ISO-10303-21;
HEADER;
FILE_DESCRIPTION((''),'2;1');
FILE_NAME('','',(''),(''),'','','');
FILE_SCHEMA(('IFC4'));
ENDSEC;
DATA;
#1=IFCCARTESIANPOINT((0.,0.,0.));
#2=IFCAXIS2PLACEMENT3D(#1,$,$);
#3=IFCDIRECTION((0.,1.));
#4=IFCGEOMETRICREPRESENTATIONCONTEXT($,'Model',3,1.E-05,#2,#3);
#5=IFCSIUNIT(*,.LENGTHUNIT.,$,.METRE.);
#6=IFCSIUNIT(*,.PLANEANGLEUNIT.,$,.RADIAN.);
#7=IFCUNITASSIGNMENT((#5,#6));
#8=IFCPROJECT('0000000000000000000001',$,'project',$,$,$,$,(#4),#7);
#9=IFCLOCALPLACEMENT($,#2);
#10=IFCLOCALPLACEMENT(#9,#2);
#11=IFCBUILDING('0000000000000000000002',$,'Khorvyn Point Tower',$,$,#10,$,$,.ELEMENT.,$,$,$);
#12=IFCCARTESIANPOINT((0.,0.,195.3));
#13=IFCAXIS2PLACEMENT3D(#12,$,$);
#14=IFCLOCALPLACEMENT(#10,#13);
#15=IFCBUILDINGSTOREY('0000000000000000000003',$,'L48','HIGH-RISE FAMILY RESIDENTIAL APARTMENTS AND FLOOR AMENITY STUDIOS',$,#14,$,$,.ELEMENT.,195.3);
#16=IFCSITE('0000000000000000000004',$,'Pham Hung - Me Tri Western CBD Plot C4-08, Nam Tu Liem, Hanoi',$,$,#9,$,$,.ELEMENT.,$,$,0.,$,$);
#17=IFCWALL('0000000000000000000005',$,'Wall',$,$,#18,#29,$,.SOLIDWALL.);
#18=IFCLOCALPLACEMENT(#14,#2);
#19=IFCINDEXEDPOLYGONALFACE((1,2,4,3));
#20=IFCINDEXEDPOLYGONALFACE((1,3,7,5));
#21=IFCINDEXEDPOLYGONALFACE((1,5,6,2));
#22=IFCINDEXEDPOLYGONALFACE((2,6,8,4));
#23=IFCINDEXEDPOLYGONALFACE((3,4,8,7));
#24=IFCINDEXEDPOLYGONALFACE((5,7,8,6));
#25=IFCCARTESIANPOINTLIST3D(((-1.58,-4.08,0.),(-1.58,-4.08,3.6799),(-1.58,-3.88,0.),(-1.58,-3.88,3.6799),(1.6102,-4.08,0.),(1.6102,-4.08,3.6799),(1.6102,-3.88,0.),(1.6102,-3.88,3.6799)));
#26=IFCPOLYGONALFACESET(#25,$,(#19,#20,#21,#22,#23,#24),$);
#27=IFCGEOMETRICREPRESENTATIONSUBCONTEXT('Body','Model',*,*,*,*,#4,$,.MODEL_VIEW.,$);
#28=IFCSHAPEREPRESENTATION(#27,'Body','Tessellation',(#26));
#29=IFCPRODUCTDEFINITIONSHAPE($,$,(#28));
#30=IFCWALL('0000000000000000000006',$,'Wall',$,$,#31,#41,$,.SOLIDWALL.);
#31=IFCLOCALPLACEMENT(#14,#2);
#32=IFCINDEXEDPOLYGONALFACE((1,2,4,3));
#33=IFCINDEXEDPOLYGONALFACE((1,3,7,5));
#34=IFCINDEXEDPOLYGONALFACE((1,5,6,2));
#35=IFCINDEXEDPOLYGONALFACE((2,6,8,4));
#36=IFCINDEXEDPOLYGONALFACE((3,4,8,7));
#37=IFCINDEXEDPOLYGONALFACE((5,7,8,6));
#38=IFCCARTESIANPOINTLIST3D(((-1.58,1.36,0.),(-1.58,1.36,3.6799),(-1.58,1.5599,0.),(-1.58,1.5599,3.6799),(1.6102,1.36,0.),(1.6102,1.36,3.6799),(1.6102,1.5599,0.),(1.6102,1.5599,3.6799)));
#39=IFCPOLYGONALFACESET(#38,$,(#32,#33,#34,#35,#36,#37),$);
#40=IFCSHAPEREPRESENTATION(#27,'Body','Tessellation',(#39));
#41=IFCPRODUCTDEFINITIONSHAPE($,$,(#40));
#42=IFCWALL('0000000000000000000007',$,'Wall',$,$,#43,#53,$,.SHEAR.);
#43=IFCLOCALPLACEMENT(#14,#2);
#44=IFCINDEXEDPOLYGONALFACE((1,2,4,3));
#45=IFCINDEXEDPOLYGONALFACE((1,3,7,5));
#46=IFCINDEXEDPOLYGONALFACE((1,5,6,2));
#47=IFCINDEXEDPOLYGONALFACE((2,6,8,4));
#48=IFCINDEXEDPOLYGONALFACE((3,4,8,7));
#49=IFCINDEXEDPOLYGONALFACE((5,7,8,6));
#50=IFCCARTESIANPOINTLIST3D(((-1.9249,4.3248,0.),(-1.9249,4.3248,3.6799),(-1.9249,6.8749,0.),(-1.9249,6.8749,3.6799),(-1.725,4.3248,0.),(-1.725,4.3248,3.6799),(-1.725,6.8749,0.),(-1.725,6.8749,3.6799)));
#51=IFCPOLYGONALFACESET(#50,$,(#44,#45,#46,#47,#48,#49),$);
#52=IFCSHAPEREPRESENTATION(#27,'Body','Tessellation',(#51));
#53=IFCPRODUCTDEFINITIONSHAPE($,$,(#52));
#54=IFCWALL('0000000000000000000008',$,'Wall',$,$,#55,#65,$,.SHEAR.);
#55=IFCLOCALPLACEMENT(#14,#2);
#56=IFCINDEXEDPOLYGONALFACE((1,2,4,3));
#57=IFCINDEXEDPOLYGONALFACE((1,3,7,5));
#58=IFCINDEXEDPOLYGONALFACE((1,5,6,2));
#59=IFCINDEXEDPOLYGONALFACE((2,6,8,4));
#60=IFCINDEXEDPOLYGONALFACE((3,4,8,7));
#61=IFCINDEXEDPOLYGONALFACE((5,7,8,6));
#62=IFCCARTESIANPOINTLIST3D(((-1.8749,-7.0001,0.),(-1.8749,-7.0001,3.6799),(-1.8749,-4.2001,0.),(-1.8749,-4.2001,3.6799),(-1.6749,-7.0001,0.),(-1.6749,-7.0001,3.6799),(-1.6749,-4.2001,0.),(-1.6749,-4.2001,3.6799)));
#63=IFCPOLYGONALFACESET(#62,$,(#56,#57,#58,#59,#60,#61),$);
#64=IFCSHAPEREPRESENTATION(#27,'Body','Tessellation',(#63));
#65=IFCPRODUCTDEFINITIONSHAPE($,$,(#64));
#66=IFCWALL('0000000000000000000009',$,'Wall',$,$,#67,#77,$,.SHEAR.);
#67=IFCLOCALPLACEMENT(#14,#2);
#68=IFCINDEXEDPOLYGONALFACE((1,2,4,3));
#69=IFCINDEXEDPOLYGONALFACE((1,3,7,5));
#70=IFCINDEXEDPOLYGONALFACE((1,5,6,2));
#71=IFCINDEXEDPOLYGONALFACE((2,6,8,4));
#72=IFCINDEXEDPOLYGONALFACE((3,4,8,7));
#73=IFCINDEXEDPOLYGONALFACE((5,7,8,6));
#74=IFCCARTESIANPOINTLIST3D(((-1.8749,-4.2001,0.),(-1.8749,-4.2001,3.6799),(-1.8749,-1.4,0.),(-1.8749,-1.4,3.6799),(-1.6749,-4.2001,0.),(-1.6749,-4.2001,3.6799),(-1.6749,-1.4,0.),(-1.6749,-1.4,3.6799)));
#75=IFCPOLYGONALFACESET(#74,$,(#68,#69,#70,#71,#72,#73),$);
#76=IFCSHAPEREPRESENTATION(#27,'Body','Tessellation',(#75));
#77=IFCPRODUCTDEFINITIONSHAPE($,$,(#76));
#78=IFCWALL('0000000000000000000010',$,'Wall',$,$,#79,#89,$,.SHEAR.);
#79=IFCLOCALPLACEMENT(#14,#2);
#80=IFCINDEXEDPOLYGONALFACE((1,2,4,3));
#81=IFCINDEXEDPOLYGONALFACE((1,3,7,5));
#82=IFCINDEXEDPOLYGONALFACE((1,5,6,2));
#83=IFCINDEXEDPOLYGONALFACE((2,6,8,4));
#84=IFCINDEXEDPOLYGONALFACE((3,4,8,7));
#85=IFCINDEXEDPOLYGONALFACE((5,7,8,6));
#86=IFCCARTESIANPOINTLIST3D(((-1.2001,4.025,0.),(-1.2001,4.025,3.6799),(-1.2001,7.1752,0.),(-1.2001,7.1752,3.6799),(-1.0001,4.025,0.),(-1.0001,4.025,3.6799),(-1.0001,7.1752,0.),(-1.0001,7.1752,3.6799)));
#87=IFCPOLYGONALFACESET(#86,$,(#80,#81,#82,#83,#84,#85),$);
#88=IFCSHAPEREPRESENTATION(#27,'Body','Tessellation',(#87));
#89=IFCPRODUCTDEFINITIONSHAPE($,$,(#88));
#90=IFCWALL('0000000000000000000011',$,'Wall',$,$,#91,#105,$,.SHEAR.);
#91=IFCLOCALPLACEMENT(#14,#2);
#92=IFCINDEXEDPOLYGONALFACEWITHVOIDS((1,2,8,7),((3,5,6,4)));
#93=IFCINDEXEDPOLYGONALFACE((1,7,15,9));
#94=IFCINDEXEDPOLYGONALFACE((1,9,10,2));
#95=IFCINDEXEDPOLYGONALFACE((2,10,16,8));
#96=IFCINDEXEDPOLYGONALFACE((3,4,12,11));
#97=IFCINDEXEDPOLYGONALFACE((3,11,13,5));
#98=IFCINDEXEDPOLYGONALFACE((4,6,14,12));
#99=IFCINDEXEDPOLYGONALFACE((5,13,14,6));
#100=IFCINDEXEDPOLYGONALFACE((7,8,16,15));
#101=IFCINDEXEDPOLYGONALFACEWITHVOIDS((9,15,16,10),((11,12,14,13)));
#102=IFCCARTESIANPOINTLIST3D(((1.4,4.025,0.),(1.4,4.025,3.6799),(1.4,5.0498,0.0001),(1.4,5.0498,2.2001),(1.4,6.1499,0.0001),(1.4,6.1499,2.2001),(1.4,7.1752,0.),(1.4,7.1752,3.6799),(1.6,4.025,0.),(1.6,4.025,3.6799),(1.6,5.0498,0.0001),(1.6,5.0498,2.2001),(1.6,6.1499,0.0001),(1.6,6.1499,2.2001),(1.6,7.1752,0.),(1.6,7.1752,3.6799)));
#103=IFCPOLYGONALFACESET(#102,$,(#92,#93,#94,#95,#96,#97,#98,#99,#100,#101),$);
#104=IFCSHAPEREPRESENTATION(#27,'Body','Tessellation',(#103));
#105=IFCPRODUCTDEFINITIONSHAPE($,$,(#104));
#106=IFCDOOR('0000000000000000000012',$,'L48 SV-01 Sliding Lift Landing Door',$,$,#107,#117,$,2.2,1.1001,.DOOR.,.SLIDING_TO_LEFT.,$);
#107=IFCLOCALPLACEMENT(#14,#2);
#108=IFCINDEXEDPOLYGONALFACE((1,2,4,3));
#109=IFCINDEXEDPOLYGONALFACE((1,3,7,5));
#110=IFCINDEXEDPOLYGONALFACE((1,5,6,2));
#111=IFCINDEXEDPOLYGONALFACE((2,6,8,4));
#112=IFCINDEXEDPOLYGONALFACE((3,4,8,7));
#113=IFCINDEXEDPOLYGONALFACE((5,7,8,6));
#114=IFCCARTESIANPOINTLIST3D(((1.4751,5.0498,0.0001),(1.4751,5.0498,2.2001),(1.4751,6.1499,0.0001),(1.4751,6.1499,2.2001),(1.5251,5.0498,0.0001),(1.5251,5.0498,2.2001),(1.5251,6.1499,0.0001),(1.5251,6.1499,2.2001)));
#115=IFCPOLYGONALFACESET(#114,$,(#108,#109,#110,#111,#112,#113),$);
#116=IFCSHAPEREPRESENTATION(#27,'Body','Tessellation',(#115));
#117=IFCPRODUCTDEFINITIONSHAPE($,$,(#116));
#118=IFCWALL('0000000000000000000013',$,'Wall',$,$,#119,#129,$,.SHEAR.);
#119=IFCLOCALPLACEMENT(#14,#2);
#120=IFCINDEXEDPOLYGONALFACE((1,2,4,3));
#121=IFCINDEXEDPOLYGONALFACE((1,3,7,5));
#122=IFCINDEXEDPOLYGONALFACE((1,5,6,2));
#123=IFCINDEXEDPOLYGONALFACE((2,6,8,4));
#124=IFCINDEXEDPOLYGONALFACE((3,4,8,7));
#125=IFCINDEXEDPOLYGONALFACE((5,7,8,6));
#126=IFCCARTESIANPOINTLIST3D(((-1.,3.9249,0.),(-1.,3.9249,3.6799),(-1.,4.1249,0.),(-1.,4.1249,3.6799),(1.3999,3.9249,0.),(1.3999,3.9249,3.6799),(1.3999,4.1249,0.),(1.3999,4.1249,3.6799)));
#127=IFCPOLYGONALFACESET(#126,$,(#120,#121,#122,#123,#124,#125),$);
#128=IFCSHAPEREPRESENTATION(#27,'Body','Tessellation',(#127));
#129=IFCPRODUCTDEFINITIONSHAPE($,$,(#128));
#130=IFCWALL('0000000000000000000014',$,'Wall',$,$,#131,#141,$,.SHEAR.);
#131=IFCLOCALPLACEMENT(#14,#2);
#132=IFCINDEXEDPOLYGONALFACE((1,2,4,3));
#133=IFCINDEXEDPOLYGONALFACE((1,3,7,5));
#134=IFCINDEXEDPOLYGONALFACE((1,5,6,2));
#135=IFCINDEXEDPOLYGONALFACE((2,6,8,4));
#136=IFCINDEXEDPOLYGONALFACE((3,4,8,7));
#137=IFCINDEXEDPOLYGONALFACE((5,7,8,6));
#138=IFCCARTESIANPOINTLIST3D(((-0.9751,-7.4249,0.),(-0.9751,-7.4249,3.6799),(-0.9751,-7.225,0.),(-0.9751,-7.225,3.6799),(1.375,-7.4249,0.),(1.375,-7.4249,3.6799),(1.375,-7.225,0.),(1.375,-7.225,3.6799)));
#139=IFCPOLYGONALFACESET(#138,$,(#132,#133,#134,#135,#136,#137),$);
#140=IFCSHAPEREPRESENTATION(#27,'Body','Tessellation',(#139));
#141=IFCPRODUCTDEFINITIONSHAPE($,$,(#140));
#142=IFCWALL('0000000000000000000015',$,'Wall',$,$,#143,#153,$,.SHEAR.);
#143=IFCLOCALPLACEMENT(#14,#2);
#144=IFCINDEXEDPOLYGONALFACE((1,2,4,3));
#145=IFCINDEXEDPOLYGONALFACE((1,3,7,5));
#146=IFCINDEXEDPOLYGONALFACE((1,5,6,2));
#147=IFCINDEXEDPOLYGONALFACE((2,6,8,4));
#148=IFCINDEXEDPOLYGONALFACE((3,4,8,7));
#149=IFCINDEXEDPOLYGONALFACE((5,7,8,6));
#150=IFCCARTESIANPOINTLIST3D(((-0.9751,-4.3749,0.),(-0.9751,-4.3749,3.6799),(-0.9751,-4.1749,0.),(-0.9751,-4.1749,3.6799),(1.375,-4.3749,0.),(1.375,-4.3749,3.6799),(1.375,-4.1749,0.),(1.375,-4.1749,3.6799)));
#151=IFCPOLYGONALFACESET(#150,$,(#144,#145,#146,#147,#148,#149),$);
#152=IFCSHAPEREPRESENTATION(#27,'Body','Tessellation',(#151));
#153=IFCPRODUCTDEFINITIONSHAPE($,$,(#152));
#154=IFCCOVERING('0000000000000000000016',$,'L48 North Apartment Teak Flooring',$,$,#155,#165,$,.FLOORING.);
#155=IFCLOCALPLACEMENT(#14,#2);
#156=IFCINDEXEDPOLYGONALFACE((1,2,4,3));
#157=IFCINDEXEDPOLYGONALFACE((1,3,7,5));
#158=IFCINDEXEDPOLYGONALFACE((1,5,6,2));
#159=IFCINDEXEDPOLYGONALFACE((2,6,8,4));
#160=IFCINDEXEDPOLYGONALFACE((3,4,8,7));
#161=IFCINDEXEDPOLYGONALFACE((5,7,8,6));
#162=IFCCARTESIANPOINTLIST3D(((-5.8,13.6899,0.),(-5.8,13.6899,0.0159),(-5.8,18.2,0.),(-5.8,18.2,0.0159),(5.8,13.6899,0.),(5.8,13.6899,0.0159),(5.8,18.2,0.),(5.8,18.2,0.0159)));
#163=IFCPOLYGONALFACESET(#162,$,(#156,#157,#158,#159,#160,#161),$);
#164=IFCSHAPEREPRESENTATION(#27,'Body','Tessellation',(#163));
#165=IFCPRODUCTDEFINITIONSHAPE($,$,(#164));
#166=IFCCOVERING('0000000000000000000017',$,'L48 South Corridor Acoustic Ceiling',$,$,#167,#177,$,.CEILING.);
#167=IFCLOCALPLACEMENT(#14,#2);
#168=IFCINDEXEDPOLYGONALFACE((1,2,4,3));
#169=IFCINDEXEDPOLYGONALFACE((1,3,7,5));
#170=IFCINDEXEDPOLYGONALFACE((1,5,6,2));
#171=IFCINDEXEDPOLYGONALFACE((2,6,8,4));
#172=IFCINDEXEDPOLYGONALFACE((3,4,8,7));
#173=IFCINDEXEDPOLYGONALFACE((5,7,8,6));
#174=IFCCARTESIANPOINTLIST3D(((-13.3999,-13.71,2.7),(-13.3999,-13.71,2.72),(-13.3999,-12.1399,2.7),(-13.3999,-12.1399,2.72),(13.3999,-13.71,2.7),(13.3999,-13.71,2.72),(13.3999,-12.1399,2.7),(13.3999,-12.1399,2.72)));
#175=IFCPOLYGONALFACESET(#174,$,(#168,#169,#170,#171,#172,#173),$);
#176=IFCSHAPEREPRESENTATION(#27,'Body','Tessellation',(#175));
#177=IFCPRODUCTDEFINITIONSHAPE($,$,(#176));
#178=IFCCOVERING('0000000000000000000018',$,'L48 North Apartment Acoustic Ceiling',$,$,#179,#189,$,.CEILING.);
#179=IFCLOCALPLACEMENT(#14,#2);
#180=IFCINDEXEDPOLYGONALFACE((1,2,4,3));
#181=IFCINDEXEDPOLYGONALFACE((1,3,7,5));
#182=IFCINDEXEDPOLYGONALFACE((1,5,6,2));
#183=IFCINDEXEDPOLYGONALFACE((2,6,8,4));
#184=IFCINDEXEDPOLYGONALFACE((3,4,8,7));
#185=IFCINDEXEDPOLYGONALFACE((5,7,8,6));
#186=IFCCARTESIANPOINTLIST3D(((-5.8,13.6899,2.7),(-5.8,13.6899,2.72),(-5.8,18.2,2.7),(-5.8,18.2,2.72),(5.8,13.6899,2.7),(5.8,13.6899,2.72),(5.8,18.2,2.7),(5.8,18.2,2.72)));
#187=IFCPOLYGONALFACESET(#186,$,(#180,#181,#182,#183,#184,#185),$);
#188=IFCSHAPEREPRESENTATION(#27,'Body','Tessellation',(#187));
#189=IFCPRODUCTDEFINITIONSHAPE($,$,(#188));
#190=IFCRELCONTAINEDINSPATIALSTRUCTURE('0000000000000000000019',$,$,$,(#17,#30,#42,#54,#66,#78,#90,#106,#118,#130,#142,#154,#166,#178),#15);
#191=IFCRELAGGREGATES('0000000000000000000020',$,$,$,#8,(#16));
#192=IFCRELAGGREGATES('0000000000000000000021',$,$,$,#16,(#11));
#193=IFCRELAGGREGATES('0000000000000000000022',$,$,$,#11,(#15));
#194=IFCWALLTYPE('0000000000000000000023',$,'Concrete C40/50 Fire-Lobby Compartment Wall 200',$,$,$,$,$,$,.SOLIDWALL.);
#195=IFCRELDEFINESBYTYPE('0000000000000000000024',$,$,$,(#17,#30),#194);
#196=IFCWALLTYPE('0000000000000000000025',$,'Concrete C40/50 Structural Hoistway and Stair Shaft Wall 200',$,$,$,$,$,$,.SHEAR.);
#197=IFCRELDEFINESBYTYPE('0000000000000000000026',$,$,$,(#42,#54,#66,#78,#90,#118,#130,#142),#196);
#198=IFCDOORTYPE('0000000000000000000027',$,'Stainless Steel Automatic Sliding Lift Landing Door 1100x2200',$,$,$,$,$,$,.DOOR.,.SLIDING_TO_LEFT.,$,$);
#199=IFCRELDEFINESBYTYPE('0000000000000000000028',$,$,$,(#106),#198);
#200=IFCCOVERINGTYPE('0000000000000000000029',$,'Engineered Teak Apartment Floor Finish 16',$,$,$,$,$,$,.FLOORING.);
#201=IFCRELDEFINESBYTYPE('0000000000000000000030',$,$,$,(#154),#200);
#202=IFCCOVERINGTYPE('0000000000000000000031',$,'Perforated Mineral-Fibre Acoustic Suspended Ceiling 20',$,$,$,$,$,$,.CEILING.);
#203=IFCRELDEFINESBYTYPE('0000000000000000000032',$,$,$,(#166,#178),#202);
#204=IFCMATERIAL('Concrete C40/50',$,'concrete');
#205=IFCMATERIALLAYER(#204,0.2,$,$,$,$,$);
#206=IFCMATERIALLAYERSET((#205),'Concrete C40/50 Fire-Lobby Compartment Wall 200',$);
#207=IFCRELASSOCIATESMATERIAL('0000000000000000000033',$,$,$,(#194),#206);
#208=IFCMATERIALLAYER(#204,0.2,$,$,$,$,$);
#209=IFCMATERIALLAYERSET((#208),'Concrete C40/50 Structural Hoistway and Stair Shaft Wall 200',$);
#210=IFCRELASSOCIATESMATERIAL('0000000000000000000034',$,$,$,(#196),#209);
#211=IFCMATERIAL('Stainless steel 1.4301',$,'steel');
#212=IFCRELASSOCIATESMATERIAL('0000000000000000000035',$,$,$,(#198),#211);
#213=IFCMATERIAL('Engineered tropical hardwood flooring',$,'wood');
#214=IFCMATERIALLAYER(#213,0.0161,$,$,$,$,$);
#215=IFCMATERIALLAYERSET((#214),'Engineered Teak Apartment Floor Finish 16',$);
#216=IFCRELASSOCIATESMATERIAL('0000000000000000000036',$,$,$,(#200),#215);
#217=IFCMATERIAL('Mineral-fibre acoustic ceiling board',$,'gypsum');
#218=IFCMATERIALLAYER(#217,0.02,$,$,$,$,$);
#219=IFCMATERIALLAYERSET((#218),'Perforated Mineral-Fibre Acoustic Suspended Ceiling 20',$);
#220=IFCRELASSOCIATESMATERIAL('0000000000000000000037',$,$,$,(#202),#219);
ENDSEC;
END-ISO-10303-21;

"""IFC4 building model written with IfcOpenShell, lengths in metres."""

from ifc_helpers import new_model, si_unit, direction, frame, frame_2d, origin, place, context, subcontext, project, spatial, polyline, rectangle, outline, extrude, material, layer, layer_set, type_object, element, fill, save


model = new_model("IFC4")

# Units and contexts
model_context = context("Model", 3, precision=1e-05, world=origin(), true_north=direction((0.0, 1.0)))
body_context = subcontext(model_context, "Body", "Model", "MODEL_VIEW")
ifc_project = project(units=[si_unit("LENGTHUNIT", "METRE"), si_unit("PLANEANGLEUNIT", "RADIAN")], contexts=[model_context])

# Site, building, storey
site_placement = place(None, origin())
site = spatial("IfcSite", under=ifc_project, at=site_placement, Name="Pham Hung - Me Tri Western CBD Plot C4-08, Nam Tu Liem, Hanoi", CompositionType="ELEMENT", RefElevation=0.0)
building_placement = place(site_placement, origin())
building = spatial("IfcBuilding", under=site, at=building_placement, Name="Khorvyn Point Tower", CompositionType="ELEMENT")
storey_placement = place(building_placement, frame((0.0, 0.0, 195.3)))
storey = spatial("IfcBuildingStorey", under=building, at=storey_placement, Name="L48", Description="HIGH-RISE FAMILY RESIDENTIAL APARTMENTS AND FLOOR AMENITY STUDIOS", CompositionType="ELEMENT", Elevation=195.3)

# Shared definitions
ifc_material_1 = material(Name="Concrete C40/50", Category="concrete")

# Walls
ifc_layer_1 = layer(ifc_material_1, 0.2)
ifc_layer_set_1 = layer_set([ifc_layer_1], Name="Concrete C40/50 Fire-Lobby Compartment Wall 200")
wall_type_1 = type_object("IfcWallType", Name="Concrete C40/50 Fire-Lobby Compartment Wall 200", PredefinedType="SOLIDWALL", material=ifc_layer_set_1)
for number, where, z_axis, x_axis, name in (
    (1, (-1.5801, -3.98, 0.0), (0.0, 0.0, 1.0), (1.0, 0.0, 0.0), "Wall"),
    (2, (-1.5801, 1.46, 0.0), (0.0, 0.0, 1.0), (1.0, 0.0, 0.0), "Wall"),
):
    element("IfcWall", number, at=place(storey_placement, frame(where, z_axis=z_axis, x_axis=x_axis)), inside=storey, type_object=wall_type_1, Name=name, PredefinedType="SOLIDWALL", context=body_context, shape_type="SweptSolid", body=[
        extrude(rectangle(XDim=3.1902, YDim=0.2, at=frame_2d((1.5952, 0.0))), origin(), (0.0, 0.0, 1.0), 3.6799),
    ])
ifc_layer_2 = layer(ifc_material_1, 0.2)
ifc_layer_set_2 = layer_set([ifc_layer_2], Name="Concrete C40/50 Structural Hoistway and Stair Shaft Wall 200")
wall_type_2 = type_object("IfcWallType", Name="Concrete C40/50 Structural Hoistway and Stair Shaft Wall 200", PredefinedType="SHEAR", material=ifc_layer_set_2)
wall_1_placement = place(storey_placement, frame((-1.825, 4.325, 0.0), z_axis=(0.0, 0.0, 1.0), x_axis=(0.0, 1.0, 0.0)))
element("IfcWall", 3, at=wall_1_placement, inside=storey, type_object=wall_type_2, Name="Wall", PredefinedType="SHEAR", context=body_context, shape_type="SweptSolid", body=[
    extrude(rectangle(XDim=2.55, YDim=0.2, at=frame_2d((1.2749, 0.0))), origin(), (0.0, 0.0, 1.0), 3.6799),
])
for number, where, z_axis, x_axis, name in (
    (4, (-1.7749, -7.0, 0.0), (0.0, 0.0, 1.0), (0.0, 1.0, 0.0), "Wall"),
    (5, (-1.7749, -4.2, 0.0), (0.0, 0.0, 1.0), (0.0, 1.0, 0.0), "Wall"),
):
    element("IfcWall", number, at=place(storey_placement, frame(where, z_axis=z_axis, x_axis=x_axis)), inside=storey, type_object=wall_type_2, Name=name, PredefinedType="SHEAR", context=body_context, shape_type="SweptSolid", body=[
        extrude(rectangle(XDim=2.8, YDim=0.2, at=frame_2d((1.3999, 0.0))), origin(), (0.0, 0.0, 1.0), 3.6799),
    ])
wall_2_placement = place(storey_placement, frame((-1.1001, 4.0249, 0.0), z_axis=(0.0, 0.0, 1.0), x_axis=(0.0, 1.0, 0.0)))
element("IfcWall", 6, at=wall_2_placement, inside=storey, type_object=wall_type_2, Name="Wall", PredefinedType="SHEAR", context=body_context, shape_type="SweptSolid", body=[
    extrude(rectangle(XDim=3.1501, YDim=0.2, at=frame_2d((1.5752, 0.0))), origin(), (0.0, 0.0, 1.0), 3.6799),
])

# Wall, opening, door
wall_3_placement = place(storey_placement, frame((1.5, 4.0249, 0.0), z_axis=(0.0, 0.0, 1.0), x_axis=(0.0, 1.0, 0.0)))
wall_3 = element("IfcWall", 7, at=wall_3_placement, inside=storey, type_object=wall_type_2, Name="Wall", PredefinedType="SHEAR", context=body_context, shape_type="SweptSolid", body=[
    extrude(rectangle(XDim=3.1501, YDim=0.2, at=frame_2d((1.5752, 0.0))), origin(), (0.0, 0.0, 1.0), 3.6799),
])
opening_placement = place(wall_3_placement, frame((1.0249, 0.0, 0.0)))
opening = element("IfcOpeningElement", 8, at=opening_placement, cuts=wall_3, PredefinedType="OPENING", context=body_context, shape_type="SweptSolid", body=[
    extrude(rectangle(XDim=1.1001, YDim=2.2, at=frame_2d((0.55, 1.1001))), frame((0.0, 0.1099, 0.0), z_axis=(0.0, -1.0, 0.0), x_axis=(1.0, 0.0, 0.0)), (0.0, 0.0, 1.0), 0.22),
])
ifc_material_2 = material(Name="Stainless steel 1.4301", Category="steel")
door_type = type_object("IfcDoorType", Name="Stainless Steel Automatic Sliding Lift Landing Door 1100x2200", OperationType="SLIDING_TO_LEFT", PredefinedType="DOOR", material=ifc_material_2)
door_placement = place(opening_placement, origin())
door = element("IfcDoor", 9, at=door_placement, inside=storey, type_object=door_type, Name="L48 SV-01 Sliding Lift Landing Door", OperationType="SLIDING_TO_LEFT", OverallHeight=2.2, OverallWidth=1.1001, PredefinedType="DOOR", context=body_context, shape_type="SweptSolid", body=[
    extrude(rectangle(XDim=1.1001, YDim=2.2, at=frame_2d((0.55, 1.1001))), frame((0.0, 0.0249, 0.0), z_axis=(0.0, -1.0, 0.0), x_axis=(1.0, 0.0, 0.0)), (0.0, 0.0, 1.0), 0.05),
])
fill(opening, door)

# Walls
wall_4_placement = place(storey_placement, frame((-1.0, 4.0249, 0.0), z_axis=(0.0, 0.0, 1.0), x_axis=(1.0, 0.0, 0.0)))
element("IfcWall", 10, at=wall_4_placement, inside=storey, type_object=wall_type_2, Name="Wall", PredefinedType="SHEAR", context=body_context, shape_type="SweptSolid", body=[
    extrude(rectangle(XDim=2.3999, YDim=0.2, at=frame_2d((1.2, 0.0))), origin(), (0.0, 0.0, 1.0), 3.6799),
])
for number, where, z_axis, x_axis, name in (
    (11, (-0.9751, -7.325, 0.0), (0.0, 0.0, 1.0), (1.0, 0.0, 0.0), "Wall"),
    (12, (-0.9751, -4.2749, 0.0), (0.0, 0.0, 1.0), (1.0, 0.0, 0.0), "Wall"),
):
    element("IfcWall", number, at=place(storey_placement, frame(where, z_axis=z_axis, x_axis=x_axis)), inside=storey, type_object=wall_type_2, Name=name, PredefinedType="SHEAR", context=body_context, shape_type="SweptSolid", body=[
        extrude(rectangle(XDim=2.3501, YDim=0.2, at=frame_2d((1.175, 0.0))), origin(), (0.0, 0.0, 1.0), 3.6799),
    ])

# Coverings
ifc_material_3 = material(Name="Engineered tropical hardwood flooring", Category="wood")
ifc_layer_3 = layer(ifc_material_3, 0.0161)
ifc_layer_set_3 = layer_set([ifc_layer_3], Name="Engineered Teak Apartment Floor Finish 16")
covering_type_1 = type_object("IfcCoveringType", Name="Engineered Teak Apartment Floor Finish 16", PredefinedType="FLOORING", material=ifc_layer_set_3)
covering_1_placement = place(storey_placement, origin())
element("IfcCovering", 13, at=covering_1_placement, inside=storey, type_object=covering_type_1, Name="L48 North Apartment Teak Flooring", PredefinedType="FLOORING", context=body_context, shape_type="SweptSolid", body=[
    extrude(outline(polyline([(-5.8, 13.6899), (5.8, 13.6899), (5.8, 18.2), (-5.8, 18.2), (-5.8, 13.6899)])), origin(), (0.0, 0.0, 1.0), 0.0159),
])
ifc_material_4 = material(Name="Mineral-fibre acoustic ceiling board", Category="gypsum")
ifc_layer_4 = layer(ifc_material_4, 0.02)
ifc_layer_set_4 = layer_set([ifc_layer_4], Name="Perforated Mineral-Fibre Acoustic Suspended Ceiling 20")
covering_type_2 = type_object("IfcCoveringType", Name="Perforated Mineral-Fibre Acoustic Suspended Ceiling 20", PredefinedType="CEILING", material=ifc_layer_set_4)
covering_2_placement = place(storey_placement, frame((0.0, 0.0, 2.7)))
element("IfcCovering", 14, at=covering_2_placement, inside=storey, type_object=covering_type_2, Name="L48 South Corridor Acoustic Ceiling", PredefinedType="CEILING", context=body_context, shape_type="SweptSolid", body=[
    extrude(outline(polyline([(-13.3999, -13.71), (13.3999, -13.71), (13.3999, -12.1399), (-13.3999, -12.1399), (-13.3999, -13.71)])), origin(), (0.0, 0.0, 1.0), 0.02),
])
covering_3_placement = place(storey_placement, frame((0.0, 0.0, 2.7)))
element("IfcCovering", 15, at=covering_3_placement, inside=storey, type_object=covering_type_2, Name="L48 North Apartment Acoustic Ceiling", PredefinedType="CEILING", context=body_context, shape_type="SweptSolid", body=[
    extrude(outline(polyline([(-5.8, 13.6899), (5.8, 13.6899), (5.8, 18.2), (-5.8, 18.2), (-5.8, 13.6899)])), origin(), (0.0, 0.0, 1.0), 0.02),
])

save(model, "model.ifc")
